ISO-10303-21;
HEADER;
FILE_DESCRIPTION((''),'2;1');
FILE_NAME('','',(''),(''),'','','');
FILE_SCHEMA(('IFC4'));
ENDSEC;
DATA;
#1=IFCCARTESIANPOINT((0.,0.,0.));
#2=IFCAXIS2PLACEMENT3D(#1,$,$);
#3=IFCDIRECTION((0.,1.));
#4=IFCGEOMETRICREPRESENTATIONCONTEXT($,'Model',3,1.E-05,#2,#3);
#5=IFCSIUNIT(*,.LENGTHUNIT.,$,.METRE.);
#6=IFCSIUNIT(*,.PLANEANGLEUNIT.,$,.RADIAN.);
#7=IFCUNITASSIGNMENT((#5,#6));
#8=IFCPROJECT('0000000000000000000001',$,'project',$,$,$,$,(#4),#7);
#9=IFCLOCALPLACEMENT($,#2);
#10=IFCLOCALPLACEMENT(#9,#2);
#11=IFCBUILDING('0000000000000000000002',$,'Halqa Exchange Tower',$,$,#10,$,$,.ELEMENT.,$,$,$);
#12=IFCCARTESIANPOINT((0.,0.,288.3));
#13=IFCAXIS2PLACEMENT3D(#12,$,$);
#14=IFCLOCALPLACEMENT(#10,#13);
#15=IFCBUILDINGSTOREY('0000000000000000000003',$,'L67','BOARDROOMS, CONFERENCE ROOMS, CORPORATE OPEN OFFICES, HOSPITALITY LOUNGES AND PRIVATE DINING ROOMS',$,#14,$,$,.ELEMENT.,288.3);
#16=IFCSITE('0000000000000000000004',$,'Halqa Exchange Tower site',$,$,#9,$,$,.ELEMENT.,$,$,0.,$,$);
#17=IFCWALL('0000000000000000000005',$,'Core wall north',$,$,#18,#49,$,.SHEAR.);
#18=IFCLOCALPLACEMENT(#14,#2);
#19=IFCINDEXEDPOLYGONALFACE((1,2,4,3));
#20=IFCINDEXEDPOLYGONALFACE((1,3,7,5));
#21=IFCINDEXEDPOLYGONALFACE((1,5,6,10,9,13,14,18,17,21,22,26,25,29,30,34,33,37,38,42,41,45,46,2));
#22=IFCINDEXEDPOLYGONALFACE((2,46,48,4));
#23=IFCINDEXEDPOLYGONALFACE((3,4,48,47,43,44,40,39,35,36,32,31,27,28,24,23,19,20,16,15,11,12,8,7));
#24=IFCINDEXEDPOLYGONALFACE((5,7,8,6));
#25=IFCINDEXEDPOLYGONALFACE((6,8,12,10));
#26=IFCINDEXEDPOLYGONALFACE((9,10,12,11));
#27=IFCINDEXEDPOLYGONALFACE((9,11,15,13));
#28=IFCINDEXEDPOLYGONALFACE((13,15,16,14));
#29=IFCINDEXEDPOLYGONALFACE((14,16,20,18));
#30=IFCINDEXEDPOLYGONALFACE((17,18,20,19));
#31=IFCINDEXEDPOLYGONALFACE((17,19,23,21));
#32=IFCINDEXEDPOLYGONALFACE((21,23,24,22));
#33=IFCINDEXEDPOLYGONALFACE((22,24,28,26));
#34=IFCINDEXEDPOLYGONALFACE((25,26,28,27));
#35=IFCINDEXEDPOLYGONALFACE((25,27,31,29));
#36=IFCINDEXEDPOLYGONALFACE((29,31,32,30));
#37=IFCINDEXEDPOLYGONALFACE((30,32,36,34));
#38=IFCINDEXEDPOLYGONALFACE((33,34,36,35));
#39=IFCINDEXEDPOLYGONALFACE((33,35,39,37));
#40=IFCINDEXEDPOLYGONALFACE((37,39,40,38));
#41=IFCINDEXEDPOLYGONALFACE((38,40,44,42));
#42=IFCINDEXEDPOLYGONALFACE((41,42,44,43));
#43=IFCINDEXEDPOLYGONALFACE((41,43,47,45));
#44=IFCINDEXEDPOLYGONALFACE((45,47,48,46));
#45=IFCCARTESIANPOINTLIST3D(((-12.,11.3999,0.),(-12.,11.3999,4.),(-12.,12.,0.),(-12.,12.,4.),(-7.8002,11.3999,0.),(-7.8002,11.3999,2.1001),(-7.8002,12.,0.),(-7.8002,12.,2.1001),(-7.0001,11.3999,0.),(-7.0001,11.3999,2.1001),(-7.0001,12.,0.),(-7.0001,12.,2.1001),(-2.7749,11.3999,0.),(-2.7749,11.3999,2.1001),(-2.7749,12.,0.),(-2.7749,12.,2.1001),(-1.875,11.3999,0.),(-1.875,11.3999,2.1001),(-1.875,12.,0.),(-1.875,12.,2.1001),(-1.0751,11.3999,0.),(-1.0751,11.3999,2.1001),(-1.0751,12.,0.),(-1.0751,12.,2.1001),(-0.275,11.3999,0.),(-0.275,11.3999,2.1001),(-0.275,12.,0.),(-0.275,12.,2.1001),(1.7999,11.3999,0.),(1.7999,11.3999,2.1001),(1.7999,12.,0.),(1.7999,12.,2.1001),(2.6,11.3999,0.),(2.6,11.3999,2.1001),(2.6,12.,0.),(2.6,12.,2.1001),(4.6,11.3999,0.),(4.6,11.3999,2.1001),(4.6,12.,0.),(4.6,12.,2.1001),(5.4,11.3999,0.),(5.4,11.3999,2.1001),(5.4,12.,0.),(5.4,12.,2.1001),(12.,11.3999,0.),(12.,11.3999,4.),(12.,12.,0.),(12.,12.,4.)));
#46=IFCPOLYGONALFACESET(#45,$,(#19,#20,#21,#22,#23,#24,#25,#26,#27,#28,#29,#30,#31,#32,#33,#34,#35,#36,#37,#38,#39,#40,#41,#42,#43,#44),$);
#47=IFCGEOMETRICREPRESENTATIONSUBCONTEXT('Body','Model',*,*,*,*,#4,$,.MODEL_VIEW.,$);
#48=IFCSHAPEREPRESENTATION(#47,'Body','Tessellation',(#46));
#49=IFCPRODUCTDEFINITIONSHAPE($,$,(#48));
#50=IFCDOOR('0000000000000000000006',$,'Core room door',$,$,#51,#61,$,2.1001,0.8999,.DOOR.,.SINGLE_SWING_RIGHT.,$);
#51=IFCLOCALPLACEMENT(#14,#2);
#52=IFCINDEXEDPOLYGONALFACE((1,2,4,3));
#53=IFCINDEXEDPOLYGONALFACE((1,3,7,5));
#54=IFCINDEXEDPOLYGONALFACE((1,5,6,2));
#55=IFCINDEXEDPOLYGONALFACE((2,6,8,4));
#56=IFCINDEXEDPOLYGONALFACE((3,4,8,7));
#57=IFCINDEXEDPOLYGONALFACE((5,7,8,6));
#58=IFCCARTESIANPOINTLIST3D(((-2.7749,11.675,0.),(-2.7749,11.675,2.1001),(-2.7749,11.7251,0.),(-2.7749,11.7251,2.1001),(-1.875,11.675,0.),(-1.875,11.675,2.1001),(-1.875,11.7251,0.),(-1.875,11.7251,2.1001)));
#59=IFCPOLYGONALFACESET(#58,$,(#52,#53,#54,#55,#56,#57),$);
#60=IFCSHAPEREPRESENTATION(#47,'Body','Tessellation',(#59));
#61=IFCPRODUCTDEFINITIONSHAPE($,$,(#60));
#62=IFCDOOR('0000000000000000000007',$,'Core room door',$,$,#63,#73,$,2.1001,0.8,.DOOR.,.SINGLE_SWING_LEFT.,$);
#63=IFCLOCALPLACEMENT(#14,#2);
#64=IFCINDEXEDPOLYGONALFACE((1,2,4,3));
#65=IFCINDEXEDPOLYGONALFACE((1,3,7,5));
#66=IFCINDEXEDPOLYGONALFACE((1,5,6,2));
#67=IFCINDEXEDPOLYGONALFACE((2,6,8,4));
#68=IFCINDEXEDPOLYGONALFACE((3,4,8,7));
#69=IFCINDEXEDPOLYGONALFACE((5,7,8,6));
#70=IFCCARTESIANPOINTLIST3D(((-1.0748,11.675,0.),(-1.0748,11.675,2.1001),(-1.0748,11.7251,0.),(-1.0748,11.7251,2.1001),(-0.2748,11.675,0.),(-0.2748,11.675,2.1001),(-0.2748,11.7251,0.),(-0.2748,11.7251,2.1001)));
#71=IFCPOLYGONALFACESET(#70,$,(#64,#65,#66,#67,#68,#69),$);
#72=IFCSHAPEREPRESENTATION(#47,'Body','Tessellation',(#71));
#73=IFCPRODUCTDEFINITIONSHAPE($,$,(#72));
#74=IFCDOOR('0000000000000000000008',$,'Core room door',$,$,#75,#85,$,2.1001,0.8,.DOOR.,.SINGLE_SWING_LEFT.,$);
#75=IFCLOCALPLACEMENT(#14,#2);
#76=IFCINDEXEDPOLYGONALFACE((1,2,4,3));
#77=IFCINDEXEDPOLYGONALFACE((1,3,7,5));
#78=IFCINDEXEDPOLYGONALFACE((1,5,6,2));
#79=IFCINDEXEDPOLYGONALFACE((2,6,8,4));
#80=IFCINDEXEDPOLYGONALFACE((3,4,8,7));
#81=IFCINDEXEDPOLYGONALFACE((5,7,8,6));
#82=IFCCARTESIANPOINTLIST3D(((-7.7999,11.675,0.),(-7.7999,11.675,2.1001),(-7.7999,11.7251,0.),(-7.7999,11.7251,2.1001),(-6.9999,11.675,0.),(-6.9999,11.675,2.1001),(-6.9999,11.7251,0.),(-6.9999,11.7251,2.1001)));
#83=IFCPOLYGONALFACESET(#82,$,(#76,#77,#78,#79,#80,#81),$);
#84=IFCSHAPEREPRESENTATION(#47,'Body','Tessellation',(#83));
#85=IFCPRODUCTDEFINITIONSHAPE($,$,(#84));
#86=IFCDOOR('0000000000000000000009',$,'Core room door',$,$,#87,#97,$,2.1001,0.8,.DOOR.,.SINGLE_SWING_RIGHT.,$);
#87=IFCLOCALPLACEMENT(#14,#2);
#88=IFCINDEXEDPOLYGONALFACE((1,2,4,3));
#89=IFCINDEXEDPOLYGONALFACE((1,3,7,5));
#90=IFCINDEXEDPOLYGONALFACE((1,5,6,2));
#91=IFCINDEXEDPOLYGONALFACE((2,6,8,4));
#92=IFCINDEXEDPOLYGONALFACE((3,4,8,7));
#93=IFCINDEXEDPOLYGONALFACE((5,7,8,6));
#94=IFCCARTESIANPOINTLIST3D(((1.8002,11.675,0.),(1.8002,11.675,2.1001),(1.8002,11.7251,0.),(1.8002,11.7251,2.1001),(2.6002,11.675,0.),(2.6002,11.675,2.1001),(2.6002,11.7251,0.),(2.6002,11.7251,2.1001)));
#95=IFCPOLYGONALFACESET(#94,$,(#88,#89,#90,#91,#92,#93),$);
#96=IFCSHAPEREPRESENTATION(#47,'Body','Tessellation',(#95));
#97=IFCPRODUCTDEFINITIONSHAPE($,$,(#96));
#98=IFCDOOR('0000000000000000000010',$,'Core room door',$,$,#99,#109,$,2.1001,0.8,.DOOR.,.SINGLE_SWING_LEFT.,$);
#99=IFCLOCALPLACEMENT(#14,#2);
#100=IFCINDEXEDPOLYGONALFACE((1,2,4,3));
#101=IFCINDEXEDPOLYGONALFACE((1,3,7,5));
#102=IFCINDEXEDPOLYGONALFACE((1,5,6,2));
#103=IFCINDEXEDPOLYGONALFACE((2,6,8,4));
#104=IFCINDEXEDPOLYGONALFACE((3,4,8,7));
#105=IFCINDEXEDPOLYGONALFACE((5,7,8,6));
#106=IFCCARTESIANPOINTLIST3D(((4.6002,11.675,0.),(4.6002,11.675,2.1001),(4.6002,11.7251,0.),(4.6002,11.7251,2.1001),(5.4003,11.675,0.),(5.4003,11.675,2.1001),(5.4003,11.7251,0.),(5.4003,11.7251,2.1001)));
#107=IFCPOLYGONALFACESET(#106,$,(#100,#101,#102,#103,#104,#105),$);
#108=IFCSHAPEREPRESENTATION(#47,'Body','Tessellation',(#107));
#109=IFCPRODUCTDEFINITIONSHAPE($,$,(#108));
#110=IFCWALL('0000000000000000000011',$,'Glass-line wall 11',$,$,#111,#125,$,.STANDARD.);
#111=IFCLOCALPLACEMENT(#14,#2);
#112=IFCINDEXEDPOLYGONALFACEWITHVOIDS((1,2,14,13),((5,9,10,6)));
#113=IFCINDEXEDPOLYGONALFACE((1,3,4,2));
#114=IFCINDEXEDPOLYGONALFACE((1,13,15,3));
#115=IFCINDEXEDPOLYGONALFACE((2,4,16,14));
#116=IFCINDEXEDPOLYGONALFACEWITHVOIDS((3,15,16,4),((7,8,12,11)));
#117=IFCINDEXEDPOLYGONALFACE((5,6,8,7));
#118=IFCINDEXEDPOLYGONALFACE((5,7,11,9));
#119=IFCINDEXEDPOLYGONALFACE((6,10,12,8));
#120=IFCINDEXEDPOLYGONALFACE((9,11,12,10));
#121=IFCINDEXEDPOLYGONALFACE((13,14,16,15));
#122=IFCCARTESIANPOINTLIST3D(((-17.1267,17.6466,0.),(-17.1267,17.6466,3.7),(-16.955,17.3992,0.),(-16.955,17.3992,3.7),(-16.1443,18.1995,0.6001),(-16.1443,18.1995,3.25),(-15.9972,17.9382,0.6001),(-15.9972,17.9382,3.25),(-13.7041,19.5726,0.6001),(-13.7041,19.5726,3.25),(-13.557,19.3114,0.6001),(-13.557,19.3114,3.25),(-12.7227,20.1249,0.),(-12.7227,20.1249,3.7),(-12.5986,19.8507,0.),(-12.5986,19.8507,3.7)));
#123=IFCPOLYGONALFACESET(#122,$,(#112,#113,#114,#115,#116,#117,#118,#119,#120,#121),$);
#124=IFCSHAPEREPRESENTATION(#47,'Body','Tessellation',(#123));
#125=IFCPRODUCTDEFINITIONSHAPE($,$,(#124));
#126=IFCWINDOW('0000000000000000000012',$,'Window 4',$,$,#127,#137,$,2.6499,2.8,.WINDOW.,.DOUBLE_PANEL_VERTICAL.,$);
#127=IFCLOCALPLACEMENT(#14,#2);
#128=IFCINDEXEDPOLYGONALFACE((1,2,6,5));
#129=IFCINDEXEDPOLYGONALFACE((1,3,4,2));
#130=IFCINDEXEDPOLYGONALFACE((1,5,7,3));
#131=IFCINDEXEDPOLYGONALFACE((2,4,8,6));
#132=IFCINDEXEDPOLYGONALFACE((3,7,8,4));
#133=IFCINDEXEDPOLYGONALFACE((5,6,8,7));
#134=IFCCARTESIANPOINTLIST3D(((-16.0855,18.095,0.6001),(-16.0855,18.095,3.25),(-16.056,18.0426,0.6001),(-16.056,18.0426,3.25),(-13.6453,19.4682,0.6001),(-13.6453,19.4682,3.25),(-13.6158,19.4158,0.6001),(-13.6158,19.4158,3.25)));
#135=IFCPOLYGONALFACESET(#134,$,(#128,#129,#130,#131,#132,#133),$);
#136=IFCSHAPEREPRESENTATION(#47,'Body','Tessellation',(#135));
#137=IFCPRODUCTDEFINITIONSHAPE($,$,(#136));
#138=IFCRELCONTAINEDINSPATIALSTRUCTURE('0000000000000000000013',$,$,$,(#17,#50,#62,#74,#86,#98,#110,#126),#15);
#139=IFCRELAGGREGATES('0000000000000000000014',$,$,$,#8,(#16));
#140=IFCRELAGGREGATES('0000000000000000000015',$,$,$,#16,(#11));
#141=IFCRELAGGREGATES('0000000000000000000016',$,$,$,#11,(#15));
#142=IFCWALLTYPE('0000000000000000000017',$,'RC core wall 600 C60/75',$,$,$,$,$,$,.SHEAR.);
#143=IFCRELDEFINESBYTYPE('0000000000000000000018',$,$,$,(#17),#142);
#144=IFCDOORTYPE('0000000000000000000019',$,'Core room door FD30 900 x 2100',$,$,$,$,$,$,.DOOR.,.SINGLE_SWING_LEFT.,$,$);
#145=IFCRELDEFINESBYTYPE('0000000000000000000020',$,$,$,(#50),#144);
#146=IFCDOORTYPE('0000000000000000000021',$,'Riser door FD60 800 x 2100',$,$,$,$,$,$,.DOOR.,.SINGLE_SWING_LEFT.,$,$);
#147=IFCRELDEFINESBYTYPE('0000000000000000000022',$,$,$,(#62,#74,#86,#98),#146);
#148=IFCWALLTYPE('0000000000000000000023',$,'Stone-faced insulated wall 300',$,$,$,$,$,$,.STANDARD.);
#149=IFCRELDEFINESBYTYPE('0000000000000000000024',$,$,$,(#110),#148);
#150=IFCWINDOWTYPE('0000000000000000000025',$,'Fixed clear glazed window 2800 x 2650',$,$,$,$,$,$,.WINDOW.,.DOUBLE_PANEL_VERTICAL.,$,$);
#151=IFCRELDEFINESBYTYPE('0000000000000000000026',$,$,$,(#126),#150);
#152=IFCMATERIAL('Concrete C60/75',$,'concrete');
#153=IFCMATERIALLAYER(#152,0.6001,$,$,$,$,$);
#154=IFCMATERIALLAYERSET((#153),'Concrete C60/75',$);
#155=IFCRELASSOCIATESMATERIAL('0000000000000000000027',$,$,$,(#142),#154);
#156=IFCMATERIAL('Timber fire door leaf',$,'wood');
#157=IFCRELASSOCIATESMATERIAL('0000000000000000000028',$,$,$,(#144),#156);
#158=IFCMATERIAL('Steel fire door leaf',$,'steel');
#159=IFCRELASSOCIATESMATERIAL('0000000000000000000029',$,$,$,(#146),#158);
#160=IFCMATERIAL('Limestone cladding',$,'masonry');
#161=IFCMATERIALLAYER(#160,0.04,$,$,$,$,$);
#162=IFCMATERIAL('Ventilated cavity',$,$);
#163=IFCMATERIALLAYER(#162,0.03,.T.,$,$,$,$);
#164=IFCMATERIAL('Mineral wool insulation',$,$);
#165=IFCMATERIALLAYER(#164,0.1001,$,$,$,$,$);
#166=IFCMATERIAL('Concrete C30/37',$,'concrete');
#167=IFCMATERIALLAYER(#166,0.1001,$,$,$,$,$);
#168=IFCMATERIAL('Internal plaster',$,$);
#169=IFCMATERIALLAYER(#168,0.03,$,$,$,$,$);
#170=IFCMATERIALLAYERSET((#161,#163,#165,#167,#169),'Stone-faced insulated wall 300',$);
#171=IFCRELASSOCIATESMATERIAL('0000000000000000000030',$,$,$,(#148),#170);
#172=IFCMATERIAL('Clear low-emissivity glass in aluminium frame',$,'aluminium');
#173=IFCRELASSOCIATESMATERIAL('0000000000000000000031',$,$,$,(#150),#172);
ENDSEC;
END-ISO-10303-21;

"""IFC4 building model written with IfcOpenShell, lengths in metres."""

from ifc_helpers import new_model, si_unit, direction, frame, frame_2d, origin, place, context, subcontext, project, spatial, polyline, rectangle, outline, extrude, material, layer, layer_set, type_object, element, fill, save


model = new_model("IFC4")

# Units and contexts
model_context = context("Model", 3, precision=1e-05, world=origin(), true_north=direction((0.0, 1.0)))
body_context = subcontext(model_context, "Body", "Model", "MODEL_VIEW")
ifc_project = project(units=[si_unit("LENGTHUNIT", "METRE"), si_unit("PLANEANGLEUNIT", "RADIAN")], contexts=[model_context])

# Site, building, storey
site_placement = place(None, origin())
site = spatial("IfcSite", under=ifc_project, at=site_placement, Name="Halqa Exchange Tower site", CompositionType="ELEMENT", RefElevation=0.0)
building_placement = place(site_placement, origin())
building = spatial("IfcBuilding", under=site, at=building_placement, Name="Halqa Exchange Tower", CompositionType="ELEMENT")
storey_placement = place(building_placement, frame((0.0, 0.0, 288.3)))
storey = spatial("IfcBuildingStorey", under=building, at=storey_placement, Name="L67", Description="BOARDROOMS, CONFERENCE ROOMS, CORPORATE OPEN OFFICES, HOSPITALITY LOUNGES AND PRIVATE DINING ROOMS", CompositionType="ELEMENT", Elevation=288.3)

# Shared definitions
ifc_material_1 = material(Name="Concrete C60/75", Category="concrete")

# Wall, openings, doors
ifc_material_2 = material(Name="Steel fire door leaf", Category="steel")
ifc_layer_1 = layer(ifc_material_1, 0.6001)
ifc_layer_set_1 = layer_set([ifc_layer_1], Name="Concrete C60/75")
wall_type_1 = type_object("IfcWallType", Name="RC core wall 600 C60/75", PredefinedType="SHEAR", material=ifc_layer_set_1)
wall_1_placement = place(storey_placement, frame((-12.0, 11.7, 0.0), z_axis=(0.0, 0.0, 1.0), x_axis=(1.0, 0.0, 0.0)))
wall_1 = element("IfcWall", 1, at=wall_1_placement, inside=storey, type_object=wall_type_1, Name="Core wall north", PredefinedType="SHEAR", context=body_context, shape_type="SweptSolid", body=[
    extrude(rectangle(XDim=24.0, YDim=0.6001, at=frame_2d((12.0, 0.0))), origin(), (0.0, 0.0, 1.0), 4.0),
])
opening_1_placement = place(wall_1_placement, frame((9.2251, 0.0, 0.0)))
opening_1 = element("IfcOpeningElement", 2, at=opening_1_placement, cuts=wall_1, PredefinedType="OPENING", context=body_context, shape_type="SweptSolid", body=[
    extrude(rectangle(XDim=0.8999, YDim=2.1001, at=frame_2d((0.45, 1.05))), frame((0.0, 0.312, 0.0), z_axis=(0.0, -1.0, 0.0), x_axis=(1.0, 0.0, 0.0)), (0.0, 0.0, 1.0), 0.624),
])
opening_2_placement = place(wall_1_placement, frame((10.925, 0.0, 0.0)))
opening_2 = element("IfcOpeningElement", 3, at=opening_2_placement, cuts=wall_1, PredefinedType="OPENING", context=body_context, shape_type="SweptSolid", body=[
    extrude(rectangle(XDim=0.8, YDim=2.1001, at=frame_2d((0.3999, 1.05))), frame((0.0, 0.312, 0.0), z_axis=(0.0, -1.0, 0.0), x_axis=(1.0, 0.0, 0.0)), (0.0, 0.0, 1.0), 0.624),
])
opening_3_placement = place(wall_1_placement, frame((4.2, 0.0, 0.0)))
opening_3 = element("IfcOpeningElement", 4, at=opening_3_placement, cuts=wall_1, PredefinedType="OPENING", context=body_context, shape_type="SweptSolid", body=[
    extrude(rectangle(XDim=0.8, YDim=2.1001, at=frame_2d((0.3999, 1.05))), frame((0.0, 0.312, 0.0), z_axis=(0.0, -1.0, 0.0), x_axis=(1.0, 0.0, 0.0)), (0.0, 0.0, 1.0), 0.624),
])
opening_4_placement = place(wall_1_placement, frame((13.8, 0.0, 0.0)))
opening_4 = element("IfcOpeningElement", 5, at=opening_4_placement, cuts=wall_1, PredefinedType="OPENING", context=body_context, shape_type="SweptSolid", body=[
    extrude(rectangle(XDim=0.8, YDim=2.1001, at=frame_2d((0.3999, 1.05))), frame((0.0, 0.312, 0.0), z_axis=(0.0, -1.0, 0.0), x_axis=(1.0, 0.0, 0.0)), (0.0, 0.0, 1.0), 0.624),
])
opening_5_placement = place(wall_1_placement, frame((16.6001, 0.0, 0.0)))
opening_5 = element("IfcOpeningElement", 6, at=opening_5_placement, cuts=wall_1, PredefinedType="OPENING", context=body_context, shape_type="SweptSolid", body=[
    extrude(rectangle(XDim=0.8, YDim=2.1001, at=frame_2d((0.3999, 1.05))), frame((0.0, 0.312, 0.0), z_axis=(0.0, -1.0, 0.0), x_axis=(1.0, 0.0, 0.0)), (0.0, 0.0, 1.0), 0.624),
])
ifc_material_3 = material(Name="Timber fire door leaf", Category="wood")
door_type_1 = type_object("IfcDoorType", Name="Core room door FD30 900 x 2100", OperationType="SINGLE_SWING_LEFT", PredefinedType="DOOR", material=ifc_material_3)
door_1_placement = place(opening_1_placement, frame((0.8999, 0.0, 0.0), z_axis=(0.0, 0.0, 1.0), x_axis=(-1.0, 0.0, 0.0)))
door_1 = element("IfcDoor", 7, at=door_1_placement, inside=storey, type_object=door_type_1, Name="Core room door", OperationType="SINGLE_SWING_RIGHT", OverallHeight=2.1001, OverallWidth=0.8999, PredefinedType="DOOR", context=body_context, shape_type="SweptSolid", body=[
    extrude(rectangle(XDim=0.8999, YDim=2.1001, at=frame_2d((0.45, 1.05))), frame((0.0, 0.0249, 0.0), z_axis=(0.0, -1.0, 0.0), x_axis=(1.0, 0.0, 0.0)), (0.0, 0.0, 1.0), 0.05),
])
fill(opening_1, door_1)
door_type_2 = type_object("IfcDoorType", Name="Riser door FD60 800 x 2100", OperationType="SINGLE_SWING_LEFT", PredefinedType="DOOR", material=ifc_material_2)
door_2_placement = place(opening_2_placement, frame((0.8, 0.0, 0.0), z_axis=(0.0, 0.0, 1.0), x_axis=(-1.0, 0.0, 0.0)))
door_2 = element("IfcDoor", 8, at=door_2_placement, inside=storey, type_object=door_type_2, Name="Core room door", OperationType="SINGLE_SWING_LEFT", OverallHeight=2.1001, OverallWidth=0.8, PredefinedType="DOOR", context=body_context, shape_type="SweptSolid", body=[
    extrude(rectangle(XDim=0.8, YDim=2.1001, at=frame_2d((0.3999, 1.05))), frame((0.0, 0.0249, 0.0), z_axis=(0.0, -1.0, 0.0), x_axis=(1.0, 0.0, 0.0)), (0.0, 0.0, 1.0), 0.05),
])
fill(opening_2, door_2)
door_3_placement = place(opening_3_placement, frame((0.8, 0.0, 0.0), z_axis=(0.0, 0.0, 1.0), x_axis=(-1.0, 0.0, 0.0)))
door_3 = element("IfcDoor", 9, at=door_3_placement, inside=storey, type_object=door_type_2, Name="Core room door", OperationType="SINGLE_SWING_LEFT", OverallHeight=2.1001, OverallWidth=0.8, PredefinedType="DOOR", context=body_context, shape_type="SweptSolid", body=[
    extrude(rectangle(XDim=0.8, YDim=2.1001, at=frame_2d((0.3999, 1.05))), frame((0.0, 0.0249, 0.0), z_axis=(0.0, -1.0, 0.0), x_axis=(1.0, 0.0, 0.0)), (0.0, 0.0, 1.0), 0.05),
])
fill(opening_3, door_3)
door_4_placement = place(opening_4_placement, frame((0.8, 0.0, 0.0), z_axis=(0.0, 0.0, 1.0), x_axis=(-1.0, 0.0, 0.0)))
door_4 = element("IfcDoor", 10, at=door_4_placement, inside=storey, type_object=door_type_2, Name="Core room door", OperationType="SINGLE_SWING_RIGHT", OverallHeight=2.1001, OverallWidth=0.8, PredefinedType="DOOR", context=body_context, shape_type="SweptSolid", body=[
    extrude(rectangle(XDim=0.8, YDim=2.1001, at=frame_2d((0.3999, 1.05))), frame((0.0, 0.0249, 0.0), z_axis=(0.0, -1.0, 0.0), x_axis=(1.0, 0.0, 0.0)), (0.0, 0.0, 1.0), 0.05),
])
fill(opening_4, door_4)
door_5_placement = place(opening_5_placement, frame((0.8, 0.0, 0.0), z_axis=(0.0, 0.0, 1.0), x_axis=(-1.0, 0.0, 0.0)))
door_5 = element("IfcDoor", 11, at=door_5_placement, inside=storey, type_object=door_type_2, Name="Core room door", OperationType="SINGLE_SWING_LEFT", OverallHeight=2.1001, OverallWidth=0.8, PredefinedType="DOOR", context=body_context, shape_type="SweptSolid", body=[
    extrude(rectangle(XDim=0.8, YDim=2.1001, at=frame_2d((0.3999, 1.05))), frame((0.0, 0.0249, 0.0), z_axis=(0.0, -1.0, 0.0), x_axis=(1.0, 0.0, 0.0)), (0.0, 0.0, 1.0), 0.05),
])
fill(opening_5, door_5)

# Wall, opening, window
ifc_material_4 = material(Name="Limestone cladding", Category="masonry")
ifc_layer_2 = layer(ifc_material_4, 0.04)
ifc_material_5 = material(Name="Ventilated cavity")
ifc_layer_3 = layer(ifc_material_5, 0.03, ventilated=True)
ifc_material_6 = material(Name="Mineral wool insulation")
ifc_layer_4 = layer(ifc_material_6, 0.1001)
ifc_material_7 = material(Name="Concrete C30/37", Category="concrete")
ifc_layer_5 = layer(ifc_material_7, 0.1001)
ifc_material_8 = material(Name="Internal plaster")
ifc_layer_6 = layer(ifc_material_8, 0.03)
ifc_layer_set_2 = layer_set([ifc_layer_2, ifc_layer_3, ifc_layer_4, ifc_layer_5, ifc_layer_6], Name="Stone-faced insulated wall 300")
wall_type_2 = type_object("IfcWallType", Name="Stone-faced insulated wall 300", PredefinedType="STANDARD", material=ifc_layer_set_2)
wall_2_placement = place(storey_placement, frame((-12.6606, 19.9878, 0.0), z_axis=(0.0, 0.0, 1.0), x_axis=(-0.871489, -0.490416, 0.0)))
wall_2 = element("IfcWall", 12, at=wall_2_placement, inside=storey, type_object=wall_type_2, Name="Glass-line wall 11", PredefinedType="STANDARD", context=body_context, shape_type="SweptSolid", body=[
    extrude(outline(polyline([(-0.0132, -0.1499), (5.0403, -0.1499), (5.012, 0.1499), (0.0132, 0.1499), (-0.0132, -0.1499)])), origin(), (0.0, 0.0, 1.0), 3.7),
])
opening_6_placement = place(wall_2_placement, frame((1.113, 0.0, 0.6001)))
opening_6 = element("IfcOpeningElement", 13, at=opening_6_placement, cuts=wall_2, PredefinedType="OPENING", context=body_context, shape_type="SweptSolid", body=[
    extrude(rectangle(XDim=2.8, YDim=2.6499, at=frame_2d((1.3999, 1.325))), frame((0.0, 0.1621, 0.0), z_axis=(0.0, -1.0, 0.0), x_axis=(1.0, 0.0, 0.0)), (0.0, 0.0, 1.0), 0.324),
])
ifc_material_9 = material(Name="Clear low-emissivity glass in aluminium frame", Category="aluminium")
window_type = type_object("IfcWindowType", Name="Fixed clear glazed window 2800 x 2650", PartitioningType="DOUBLE_PANEL_VERTICAL", PredefinedType="WINDOW", material=ifc_material_9)
window_1_placement = place(opening_6_placement, origin())
window_1 = element("IfcWindow", 14, at=window_1_placement, inside=storey, type_object=window_type, Name="Window 4", OverallHeight=2.6499, OverallWidth=2.8, PartitioningType="DOUBLE_PANEL_VERTICAL", PredefinedType="WINDOW", context=body_context, shape_type="SweptSolid", body=[
    extrude(rectangle(XDim=2.8, YDim=2.6499, at=frame_2d((1.3999, 1.325))), frame((0.0, 0.03, 0.0), z_axis=(0.0, -1.0, 0.0), x_axis=(1.0, 0.0, 0.0)), (0.0, 0.0, 1.0), 0.0601),
])
fill(opening_6, window_1)

save(model, "model.ifc")
